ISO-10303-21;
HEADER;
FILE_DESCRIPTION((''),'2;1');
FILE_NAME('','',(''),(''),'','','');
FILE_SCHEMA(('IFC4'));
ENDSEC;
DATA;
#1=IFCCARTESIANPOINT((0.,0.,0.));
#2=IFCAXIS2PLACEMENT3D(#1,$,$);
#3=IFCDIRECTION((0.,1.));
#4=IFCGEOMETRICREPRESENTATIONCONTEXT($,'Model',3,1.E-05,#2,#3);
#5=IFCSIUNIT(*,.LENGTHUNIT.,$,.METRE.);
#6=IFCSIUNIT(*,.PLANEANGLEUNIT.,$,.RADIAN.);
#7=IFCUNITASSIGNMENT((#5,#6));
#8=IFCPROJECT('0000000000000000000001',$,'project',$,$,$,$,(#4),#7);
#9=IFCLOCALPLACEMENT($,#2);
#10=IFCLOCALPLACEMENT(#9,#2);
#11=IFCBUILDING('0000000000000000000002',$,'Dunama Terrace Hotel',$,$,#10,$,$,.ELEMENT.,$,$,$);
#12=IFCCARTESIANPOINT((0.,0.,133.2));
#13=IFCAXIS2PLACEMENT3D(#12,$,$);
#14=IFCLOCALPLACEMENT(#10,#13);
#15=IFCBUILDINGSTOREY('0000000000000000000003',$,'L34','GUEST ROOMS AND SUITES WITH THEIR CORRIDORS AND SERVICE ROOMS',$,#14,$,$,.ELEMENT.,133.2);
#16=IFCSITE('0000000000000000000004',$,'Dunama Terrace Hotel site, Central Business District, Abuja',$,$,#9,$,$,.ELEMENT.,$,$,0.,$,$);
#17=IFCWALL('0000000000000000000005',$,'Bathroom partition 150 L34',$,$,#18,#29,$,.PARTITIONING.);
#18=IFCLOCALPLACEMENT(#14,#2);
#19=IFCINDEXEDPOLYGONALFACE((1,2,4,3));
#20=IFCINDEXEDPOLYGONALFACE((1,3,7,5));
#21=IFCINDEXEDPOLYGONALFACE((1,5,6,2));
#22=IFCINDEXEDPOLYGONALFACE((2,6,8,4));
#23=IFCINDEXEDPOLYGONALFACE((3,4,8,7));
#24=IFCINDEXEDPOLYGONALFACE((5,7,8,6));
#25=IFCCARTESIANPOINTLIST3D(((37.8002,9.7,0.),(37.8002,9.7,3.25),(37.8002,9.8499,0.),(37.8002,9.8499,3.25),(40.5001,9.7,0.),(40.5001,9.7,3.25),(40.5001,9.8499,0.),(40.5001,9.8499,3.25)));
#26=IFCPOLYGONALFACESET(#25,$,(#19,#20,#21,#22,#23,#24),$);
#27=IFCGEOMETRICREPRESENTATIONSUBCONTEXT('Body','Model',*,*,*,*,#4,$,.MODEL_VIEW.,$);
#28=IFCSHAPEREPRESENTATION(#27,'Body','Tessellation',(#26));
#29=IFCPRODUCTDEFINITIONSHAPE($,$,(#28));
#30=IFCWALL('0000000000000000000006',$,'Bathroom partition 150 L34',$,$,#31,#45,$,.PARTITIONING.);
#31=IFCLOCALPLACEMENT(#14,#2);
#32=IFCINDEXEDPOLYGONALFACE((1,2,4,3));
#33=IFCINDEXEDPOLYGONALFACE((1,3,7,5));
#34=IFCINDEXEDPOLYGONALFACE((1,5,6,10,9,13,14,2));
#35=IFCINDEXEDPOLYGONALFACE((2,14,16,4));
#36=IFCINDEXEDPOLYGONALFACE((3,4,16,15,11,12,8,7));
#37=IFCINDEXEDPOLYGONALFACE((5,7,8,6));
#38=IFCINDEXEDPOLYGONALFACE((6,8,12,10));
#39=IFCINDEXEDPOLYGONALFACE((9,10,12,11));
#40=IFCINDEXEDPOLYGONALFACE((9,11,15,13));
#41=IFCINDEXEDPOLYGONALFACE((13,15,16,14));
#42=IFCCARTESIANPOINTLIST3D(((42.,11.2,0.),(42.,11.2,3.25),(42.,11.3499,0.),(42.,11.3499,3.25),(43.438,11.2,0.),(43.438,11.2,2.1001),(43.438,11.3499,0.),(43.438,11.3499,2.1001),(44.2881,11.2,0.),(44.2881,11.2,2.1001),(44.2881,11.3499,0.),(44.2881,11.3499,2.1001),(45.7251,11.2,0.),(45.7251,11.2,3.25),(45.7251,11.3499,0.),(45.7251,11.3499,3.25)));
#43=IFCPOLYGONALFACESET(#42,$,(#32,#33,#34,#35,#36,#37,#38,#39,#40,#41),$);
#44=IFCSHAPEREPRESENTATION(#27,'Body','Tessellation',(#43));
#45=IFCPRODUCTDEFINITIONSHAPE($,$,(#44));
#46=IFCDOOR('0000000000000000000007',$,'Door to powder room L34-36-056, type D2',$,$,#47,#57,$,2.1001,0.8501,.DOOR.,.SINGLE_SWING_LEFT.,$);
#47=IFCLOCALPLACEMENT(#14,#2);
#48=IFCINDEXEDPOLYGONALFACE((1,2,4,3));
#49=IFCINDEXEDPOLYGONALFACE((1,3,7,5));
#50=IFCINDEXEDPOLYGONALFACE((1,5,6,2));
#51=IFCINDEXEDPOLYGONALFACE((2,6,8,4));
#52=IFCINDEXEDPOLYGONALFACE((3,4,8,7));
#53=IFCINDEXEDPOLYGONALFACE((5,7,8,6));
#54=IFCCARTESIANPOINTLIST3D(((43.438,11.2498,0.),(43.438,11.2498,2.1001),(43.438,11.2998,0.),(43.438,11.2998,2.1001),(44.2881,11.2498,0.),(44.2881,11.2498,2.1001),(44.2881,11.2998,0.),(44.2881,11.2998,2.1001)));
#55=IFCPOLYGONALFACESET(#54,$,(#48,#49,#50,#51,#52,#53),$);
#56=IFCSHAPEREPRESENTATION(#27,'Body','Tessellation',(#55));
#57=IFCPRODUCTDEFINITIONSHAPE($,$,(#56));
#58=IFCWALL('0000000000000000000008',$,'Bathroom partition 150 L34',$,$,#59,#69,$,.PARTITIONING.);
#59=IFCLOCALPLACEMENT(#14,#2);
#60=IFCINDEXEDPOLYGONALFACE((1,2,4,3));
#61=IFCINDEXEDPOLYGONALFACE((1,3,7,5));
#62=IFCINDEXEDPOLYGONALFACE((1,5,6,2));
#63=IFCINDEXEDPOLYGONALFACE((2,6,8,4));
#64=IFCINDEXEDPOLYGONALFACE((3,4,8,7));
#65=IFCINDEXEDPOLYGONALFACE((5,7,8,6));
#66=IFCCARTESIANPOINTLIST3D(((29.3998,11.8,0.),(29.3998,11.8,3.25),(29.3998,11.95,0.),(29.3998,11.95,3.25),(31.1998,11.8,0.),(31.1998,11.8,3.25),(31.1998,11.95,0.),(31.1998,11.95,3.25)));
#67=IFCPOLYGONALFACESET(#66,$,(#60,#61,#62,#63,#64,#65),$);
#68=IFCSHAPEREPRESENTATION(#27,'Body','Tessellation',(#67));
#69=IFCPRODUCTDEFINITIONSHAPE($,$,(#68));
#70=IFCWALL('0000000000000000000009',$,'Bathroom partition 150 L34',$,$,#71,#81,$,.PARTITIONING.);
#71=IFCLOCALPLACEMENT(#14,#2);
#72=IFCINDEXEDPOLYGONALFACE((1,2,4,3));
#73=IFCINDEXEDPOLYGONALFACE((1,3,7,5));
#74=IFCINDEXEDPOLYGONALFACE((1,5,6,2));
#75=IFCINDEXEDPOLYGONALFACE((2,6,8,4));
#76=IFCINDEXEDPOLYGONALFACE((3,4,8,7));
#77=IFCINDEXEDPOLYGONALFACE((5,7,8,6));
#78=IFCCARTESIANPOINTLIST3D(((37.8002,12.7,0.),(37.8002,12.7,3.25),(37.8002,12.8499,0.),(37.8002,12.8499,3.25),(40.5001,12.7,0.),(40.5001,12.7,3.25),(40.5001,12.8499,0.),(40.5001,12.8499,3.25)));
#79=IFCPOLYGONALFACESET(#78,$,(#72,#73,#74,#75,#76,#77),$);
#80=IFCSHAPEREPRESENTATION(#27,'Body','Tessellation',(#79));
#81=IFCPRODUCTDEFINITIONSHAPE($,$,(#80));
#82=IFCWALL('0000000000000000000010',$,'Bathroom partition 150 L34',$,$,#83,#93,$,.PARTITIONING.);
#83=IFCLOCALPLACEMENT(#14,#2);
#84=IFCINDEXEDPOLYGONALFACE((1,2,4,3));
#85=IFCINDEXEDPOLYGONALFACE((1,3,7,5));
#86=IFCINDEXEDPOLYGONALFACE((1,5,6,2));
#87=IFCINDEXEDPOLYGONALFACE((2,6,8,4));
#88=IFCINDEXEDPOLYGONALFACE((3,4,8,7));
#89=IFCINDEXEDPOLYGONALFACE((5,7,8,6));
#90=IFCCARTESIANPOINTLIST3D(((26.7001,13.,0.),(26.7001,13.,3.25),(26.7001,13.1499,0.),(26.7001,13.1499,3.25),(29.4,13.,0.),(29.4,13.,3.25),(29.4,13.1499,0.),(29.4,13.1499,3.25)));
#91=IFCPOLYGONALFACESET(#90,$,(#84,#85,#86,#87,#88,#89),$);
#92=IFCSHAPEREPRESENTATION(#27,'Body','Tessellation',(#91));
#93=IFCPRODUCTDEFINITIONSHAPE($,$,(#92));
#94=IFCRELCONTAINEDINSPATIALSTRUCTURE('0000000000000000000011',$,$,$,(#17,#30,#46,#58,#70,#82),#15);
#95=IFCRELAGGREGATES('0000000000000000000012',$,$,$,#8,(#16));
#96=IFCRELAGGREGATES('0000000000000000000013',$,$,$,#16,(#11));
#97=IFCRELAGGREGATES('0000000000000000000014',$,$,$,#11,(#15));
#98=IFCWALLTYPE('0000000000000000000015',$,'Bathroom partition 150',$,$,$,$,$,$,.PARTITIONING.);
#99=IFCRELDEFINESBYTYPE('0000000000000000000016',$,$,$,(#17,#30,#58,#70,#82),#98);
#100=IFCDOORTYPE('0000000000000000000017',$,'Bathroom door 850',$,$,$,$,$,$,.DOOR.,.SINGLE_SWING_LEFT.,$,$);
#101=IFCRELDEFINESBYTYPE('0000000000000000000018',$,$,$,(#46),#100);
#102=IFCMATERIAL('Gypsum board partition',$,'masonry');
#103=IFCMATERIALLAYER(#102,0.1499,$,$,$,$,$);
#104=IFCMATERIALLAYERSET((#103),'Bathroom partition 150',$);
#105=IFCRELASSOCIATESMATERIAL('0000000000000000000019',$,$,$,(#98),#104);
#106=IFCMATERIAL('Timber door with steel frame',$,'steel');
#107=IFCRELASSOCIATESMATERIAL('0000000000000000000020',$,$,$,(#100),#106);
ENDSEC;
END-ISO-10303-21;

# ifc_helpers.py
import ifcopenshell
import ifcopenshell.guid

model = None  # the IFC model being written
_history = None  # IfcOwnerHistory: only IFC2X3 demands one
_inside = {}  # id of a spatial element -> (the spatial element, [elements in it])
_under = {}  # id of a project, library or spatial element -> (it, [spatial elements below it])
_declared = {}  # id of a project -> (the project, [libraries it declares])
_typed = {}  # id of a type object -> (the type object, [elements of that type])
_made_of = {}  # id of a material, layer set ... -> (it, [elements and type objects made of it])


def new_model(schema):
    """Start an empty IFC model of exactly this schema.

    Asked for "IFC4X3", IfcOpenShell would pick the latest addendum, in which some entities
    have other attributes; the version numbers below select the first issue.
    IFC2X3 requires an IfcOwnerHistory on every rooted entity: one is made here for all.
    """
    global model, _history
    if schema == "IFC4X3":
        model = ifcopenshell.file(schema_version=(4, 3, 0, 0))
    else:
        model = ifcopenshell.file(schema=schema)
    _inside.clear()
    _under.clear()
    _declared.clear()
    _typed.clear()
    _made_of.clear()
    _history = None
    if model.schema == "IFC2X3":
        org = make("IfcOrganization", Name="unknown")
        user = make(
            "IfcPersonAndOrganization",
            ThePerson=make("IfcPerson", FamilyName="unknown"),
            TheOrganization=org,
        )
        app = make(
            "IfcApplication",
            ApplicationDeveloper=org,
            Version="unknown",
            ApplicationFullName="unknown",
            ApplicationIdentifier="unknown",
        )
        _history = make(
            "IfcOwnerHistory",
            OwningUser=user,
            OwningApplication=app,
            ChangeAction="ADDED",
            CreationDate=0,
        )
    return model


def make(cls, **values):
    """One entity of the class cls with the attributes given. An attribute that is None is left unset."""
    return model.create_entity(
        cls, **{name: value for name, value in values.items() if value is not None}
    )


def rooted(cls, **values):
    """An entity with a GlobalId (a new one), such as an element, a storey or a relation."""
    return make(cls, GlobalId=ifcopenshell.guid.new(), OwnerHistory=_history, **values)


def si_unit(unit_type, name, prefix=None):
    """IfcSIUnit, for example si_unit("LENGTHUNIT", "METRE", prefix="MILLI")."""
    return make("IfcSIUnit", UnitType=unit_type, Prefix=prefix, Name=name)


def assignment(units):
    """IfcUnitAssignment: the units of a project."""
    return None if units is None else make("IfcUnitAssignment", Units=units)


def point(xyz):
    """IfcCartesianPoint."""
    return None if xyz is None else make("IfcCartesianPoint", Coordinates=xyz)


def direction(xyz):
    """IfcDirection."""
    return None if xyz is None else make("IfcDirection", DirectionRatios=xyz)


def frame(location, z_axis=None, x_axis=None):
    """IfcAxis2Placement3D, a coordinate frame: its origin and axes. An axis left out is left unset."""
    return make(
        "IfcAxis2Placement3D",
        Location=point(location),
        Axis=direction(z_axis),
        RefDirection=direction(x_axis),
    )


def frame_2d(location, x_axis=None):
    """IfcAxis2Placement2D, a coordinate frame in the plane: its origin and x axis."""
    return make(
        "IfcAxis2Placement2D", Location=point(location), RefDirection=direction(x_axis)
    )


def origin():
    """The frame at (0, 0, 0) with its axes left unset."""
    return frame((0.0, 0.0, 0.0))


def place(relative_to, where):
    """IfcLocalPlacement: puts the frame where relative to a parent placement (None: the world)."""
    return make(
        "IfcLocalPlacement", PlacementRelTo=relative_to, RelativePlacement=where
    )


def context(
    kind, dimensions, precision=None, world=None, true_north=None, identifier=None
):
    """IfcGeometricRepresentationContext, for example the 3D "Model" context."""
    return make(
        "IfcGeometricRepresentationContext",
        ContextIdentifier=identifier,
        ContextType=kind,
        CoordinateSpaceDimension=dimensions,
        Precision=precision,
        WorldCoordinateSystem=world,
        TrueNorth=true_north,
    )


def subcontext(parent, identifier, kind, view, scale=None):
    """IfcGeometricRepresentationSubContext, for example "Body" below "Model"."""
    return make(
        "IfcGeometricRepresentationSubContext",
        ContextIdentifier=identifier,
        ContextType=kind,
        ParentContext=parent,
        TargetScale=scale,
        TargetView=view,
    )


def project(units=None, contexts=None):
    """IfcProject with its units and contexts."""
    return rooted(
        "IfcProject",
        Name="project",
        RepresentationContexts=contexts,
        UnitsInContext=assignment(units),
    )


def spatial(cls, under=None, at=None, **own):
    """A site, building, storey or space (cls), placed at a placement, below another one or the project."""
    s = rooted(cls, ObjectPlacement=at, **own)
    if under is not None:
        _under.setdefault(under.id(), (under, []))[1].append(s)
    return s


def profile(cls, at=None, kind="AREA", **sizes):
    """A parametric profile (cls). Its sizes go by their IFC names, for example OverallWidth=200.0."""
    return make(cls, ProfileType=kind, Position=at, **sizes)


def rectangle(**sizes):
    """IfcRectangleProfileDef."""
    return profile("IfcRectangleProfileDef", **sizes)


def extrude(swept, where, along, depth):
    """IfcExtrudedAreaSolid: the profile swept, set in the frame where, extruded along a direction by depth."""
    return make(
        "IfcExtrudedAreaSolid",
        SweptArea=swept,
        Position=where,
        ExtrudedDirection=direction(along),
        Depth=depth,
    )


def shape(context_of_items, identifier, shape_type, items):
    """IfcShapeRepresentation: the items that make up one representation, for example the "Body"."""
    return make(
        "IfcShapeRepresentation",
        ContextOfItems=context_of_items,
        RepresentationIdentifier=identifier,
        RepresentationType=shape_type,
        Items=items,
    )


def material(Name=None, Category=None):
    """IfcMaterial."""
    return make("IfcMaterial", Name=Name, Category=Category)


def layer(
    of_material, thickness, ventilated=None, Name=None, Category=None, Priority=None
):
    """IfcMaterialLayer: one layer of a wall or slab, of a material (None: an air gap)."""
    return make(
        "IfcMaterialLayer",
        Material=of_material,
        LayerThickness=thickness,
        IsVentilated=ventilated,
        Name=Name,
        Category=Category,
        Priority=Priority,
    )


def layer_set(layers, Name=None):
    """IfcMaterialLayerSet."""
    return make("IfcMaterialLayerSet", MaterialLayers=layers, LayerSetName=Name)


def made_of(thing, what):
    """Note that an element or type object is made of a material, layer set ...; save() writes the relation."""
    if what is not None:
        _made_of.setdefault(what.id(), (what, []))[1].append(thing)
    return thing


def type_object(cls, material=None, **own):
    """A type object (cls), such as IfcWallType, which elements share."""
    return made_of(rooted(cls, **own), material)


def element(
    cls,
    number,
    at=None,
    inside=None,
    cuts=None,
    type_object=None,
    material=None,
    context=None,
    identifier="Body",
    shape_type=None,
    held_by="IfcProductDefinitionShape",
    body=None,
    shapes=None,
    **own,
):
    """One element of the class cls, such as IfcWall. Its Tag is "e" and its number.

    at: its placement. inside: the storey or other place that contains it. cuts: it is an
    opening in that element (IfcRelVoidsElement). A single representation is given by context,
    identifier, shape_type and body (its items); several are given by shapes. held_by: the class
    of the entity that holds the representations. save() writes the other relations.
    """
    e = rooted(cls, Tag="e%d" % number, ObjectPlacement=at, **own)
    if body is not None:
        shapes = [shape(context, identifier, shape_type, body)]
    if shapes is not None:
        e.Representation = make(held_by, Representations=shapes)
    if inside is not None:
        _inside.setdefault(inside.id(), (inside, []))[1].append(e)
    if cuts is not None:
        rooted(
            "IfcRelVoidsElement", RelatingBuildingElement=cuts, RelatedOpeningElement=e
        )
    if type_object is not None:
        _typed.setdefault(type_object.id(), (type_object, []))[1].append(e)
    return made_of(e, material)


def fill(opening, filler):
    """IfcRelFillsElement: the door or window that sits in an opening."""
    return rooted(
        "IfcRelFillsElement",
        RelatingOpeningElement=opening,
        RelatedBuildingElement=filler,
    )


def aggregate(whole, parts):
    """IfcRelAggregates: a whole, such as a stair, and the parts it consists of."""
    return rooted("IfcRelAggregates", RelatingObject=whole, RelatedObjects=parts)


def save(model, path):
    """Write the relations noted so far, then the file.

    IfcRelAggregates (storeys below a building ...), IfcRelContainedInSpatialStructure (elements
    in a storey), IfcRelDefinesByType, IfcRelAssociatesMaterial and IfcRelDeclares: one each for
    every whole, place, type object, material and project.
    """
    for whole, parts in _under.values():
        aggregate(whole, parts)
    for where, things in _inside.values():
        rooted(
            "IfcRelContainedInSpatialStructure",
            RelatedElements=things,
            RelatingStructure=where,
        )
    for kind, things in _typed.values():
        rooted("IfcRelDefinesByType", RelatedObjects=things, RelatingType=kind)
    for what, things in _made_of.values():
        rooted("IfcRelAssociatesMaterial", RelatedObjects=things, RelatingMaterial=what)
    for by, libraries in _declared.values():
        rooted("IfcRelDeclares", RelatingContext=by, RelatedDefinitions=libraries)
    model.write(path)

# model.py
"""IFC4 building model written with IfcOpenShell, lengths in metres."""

from ifc_helpers import new_model, si_unit, direction, frame, frame_2d, origin, place, context, subcontext, project, spatial, rectangle, extrude, material, layer, layer_set, type_object, element, fill, save


model = new_model("IFC4")

# Units and contexts
model_context = context("Model", 3, precision=1e-05, world=origin(), true_north=direction((0.0, 1.0)))
body_context = subcontext(model_context, "Body", "Model", "MODEL_VIEW")
ifc_project = project(units=[si_unit("LENGTHUNIT", "METRE"), si_unit("PLANEANGLEUNIT", "RADIAN")], contexts=[model_context])

# Site, building, storey
site_placement = place(None, origin())
site = spatial("IfcSite", under=ifc_project, at=site_placement, Name="Dunama Terrace Hotel site, Central Business District, Abuja", CompositionType="ELEMENT", RefElevation=0.0)
building_placement = place(site_placement, origin())
building = spatial("IfcBuilding", under=site, at=building_placement, Name="Dunama Terrace Hotel", CompositionType="ELEMENT")
storey_placement = place(building_placement, frame((0.0, 0.0, 133.2)))
storey = spatial("IfcBuildingStorey", under=building, at=storey_placement, Name="L34", Description="GUEST ROOMS AND SUITES WITH THEIR CORRIDORS AND SERVICE ROOMS", CompositionType="ELEMENT", Elevation=133.2)

# Shared definitions
ifc_material_1 = material(Name="Gypsum board partition", Category="masonry")
ifc_layer = layer(ifc_material_1, 0.1499)
ifc_layer_set = layer_set([ifc_layer], Name="Bathroom partition 150")
wall_type = type_object("IfcWallType", Name="Bathroom partition 150", PredefinedType="PARTITIONING", material=ifc_layer_set)
ifc_material_2 = material(Name="Timber door with steel frame", Category="steel")
door_type_1 = type_object("IfcDoorType", Name="Bathroom door 850", OperationType="SINGLE_SWING_LEFT", PredefinedType="DOOR", material=ifc_material_2)

# Wall
for number, where, z_axis, x_axis, name in (
    (1, (37.8, 9.7749, 0.0), (0.0, 0.0, 1.0), (1.0, 0.0, 0.0), "Bathroom partition 150 L34"),
):
    element("IfcWall", number, at=place(storey_placement, frame(where, z_axis=z_axis, x_axis=x_axis)), inside=storey, type_object=wall_type, Name=name, PredefinedType="PARTITIONING", context=body_context, shape_type="SweptSolid", body=[
        extrude(rectangle(XDim=2.7, YDim=0.1499, at=frame_2d((1.3501, 0.0))), origin(), (0.0, 0.0, 1.0), 3.25),
    ])

# Wall, opening, door
wall_1_placement = place(storey_placement, frame((42.0, 11.2749, 0.0), z_axis=(0.0, 0.0, 1.0), x_axis=(1.0, 0.0, 0.0)))
wall_1 = element("IfcWall", 2, at=wall_1_placement, inside=storey, type_object=wall_type, Name="Bathroom partition 150 L34", PredefinedType="PARTITIONING", context=body_context, shape_type="SweptSolid", body=[
    extrude(rectangle(XDim=3.7251, YDim=0.1499, at=frame_2d((1.8625, 0.0))), origin(), (0.0, 0.0, 1.0), 3.25),
])
opening_1_placement = place(wall_1_placement, frame((1.438, 0.0, 0.0)))
opening_1 = element("IfcOpeningElement", 3, at=opening_1_placement, cuts=wall_1, PredefinedType="OPENING", context=body_context, shape_type="SweptSolid", body=[
    extrude(rectangle(XDim=0.8501, YDim=2.1001, at=frame_2d((0.425, 1.05))), frame((0.0, 0.085, 0.0), z_axis=(0.0, -1.0, 0.0), x_axis=(1.0, 0.0, 0.0)), (0.0, 0.0, 1.0), 0.1699),
])
door_1_placement = place(opening_1_placement, origin())
door_1 = element("IfcDoor", 4, at=door_1_placement, inside=storey, type_object=door_type_1, Name="Door to powder room L34-36-056, type D2", OperationType="SINGLE_SWING_LEFT", OverallHeight=2.1001, OverallWidth=0.8501, PredefinedType="DOOR", context=body_context, shape_type="SweptSolid", body=[
    extrude(rectangle(XDim=0.8501, YDim=2.1001, at=frame_2d((0.425, 1.05))), frame((0.0, 0.0249, 0.0), z_axis=(0.0, -1.0, 0.0), x_axis=(1.0, 0.0, 0.0)), (0.0, 0.0, 1.0), 0.05),
])
fill(opening_1, door_1)

# Walls
wall_2_placement = place(storey_placement, frame((29.3999, 11.875, 0.0), z_axis=(0.0, 0.0, 1.0), x_axis=(1.0, 0.0, 0.0)))
element("IfcWall", 5, at=wall_2_placement, inside=storey, type_object=wall_type, Name="Bathroom partition 150 L34", PredefinedType="PARTITIONING", context=body_context, shape_type="SweptSolid", body=[
    extrude(rectangle(XDim=1.8, YDim=0.1499, at=frame_2d((0.8999, 0.0))), origin(), (0.0, 0.0, 1.0), 3.25),
])
for number, where, z_axis, x_axis, name in (
    (6, (37.8, 12.7749, 0.0), (0.0, 0.0, 1.0), (1.0, 0.0, 0.0), "Bathroom partition 150 L34"),
    (7, (26.7, 13.075, 0.0), (0.0, 0.0, 1.0), (1.0, 0.0, 0.0), "Bathroom partition 150 L34"),
):
    element("IfcWall", number, at=place(storey_placement, frame(where, z_axis=z_axis, x_axis=x_axis)), inside=storey, type_object=wall_type, Name=name, PredefinedType="PARTITIONING", context=body_context, shape_type="SweptSolid", body=[
        extrude(rectangle(XDim=2.7, YDim=0.1499, at=frame_2d((1.3501, 0.0))), origin(), (0.0, 0.0, 1.0), 3.25),
    ])

save(model, "model.ifc")
